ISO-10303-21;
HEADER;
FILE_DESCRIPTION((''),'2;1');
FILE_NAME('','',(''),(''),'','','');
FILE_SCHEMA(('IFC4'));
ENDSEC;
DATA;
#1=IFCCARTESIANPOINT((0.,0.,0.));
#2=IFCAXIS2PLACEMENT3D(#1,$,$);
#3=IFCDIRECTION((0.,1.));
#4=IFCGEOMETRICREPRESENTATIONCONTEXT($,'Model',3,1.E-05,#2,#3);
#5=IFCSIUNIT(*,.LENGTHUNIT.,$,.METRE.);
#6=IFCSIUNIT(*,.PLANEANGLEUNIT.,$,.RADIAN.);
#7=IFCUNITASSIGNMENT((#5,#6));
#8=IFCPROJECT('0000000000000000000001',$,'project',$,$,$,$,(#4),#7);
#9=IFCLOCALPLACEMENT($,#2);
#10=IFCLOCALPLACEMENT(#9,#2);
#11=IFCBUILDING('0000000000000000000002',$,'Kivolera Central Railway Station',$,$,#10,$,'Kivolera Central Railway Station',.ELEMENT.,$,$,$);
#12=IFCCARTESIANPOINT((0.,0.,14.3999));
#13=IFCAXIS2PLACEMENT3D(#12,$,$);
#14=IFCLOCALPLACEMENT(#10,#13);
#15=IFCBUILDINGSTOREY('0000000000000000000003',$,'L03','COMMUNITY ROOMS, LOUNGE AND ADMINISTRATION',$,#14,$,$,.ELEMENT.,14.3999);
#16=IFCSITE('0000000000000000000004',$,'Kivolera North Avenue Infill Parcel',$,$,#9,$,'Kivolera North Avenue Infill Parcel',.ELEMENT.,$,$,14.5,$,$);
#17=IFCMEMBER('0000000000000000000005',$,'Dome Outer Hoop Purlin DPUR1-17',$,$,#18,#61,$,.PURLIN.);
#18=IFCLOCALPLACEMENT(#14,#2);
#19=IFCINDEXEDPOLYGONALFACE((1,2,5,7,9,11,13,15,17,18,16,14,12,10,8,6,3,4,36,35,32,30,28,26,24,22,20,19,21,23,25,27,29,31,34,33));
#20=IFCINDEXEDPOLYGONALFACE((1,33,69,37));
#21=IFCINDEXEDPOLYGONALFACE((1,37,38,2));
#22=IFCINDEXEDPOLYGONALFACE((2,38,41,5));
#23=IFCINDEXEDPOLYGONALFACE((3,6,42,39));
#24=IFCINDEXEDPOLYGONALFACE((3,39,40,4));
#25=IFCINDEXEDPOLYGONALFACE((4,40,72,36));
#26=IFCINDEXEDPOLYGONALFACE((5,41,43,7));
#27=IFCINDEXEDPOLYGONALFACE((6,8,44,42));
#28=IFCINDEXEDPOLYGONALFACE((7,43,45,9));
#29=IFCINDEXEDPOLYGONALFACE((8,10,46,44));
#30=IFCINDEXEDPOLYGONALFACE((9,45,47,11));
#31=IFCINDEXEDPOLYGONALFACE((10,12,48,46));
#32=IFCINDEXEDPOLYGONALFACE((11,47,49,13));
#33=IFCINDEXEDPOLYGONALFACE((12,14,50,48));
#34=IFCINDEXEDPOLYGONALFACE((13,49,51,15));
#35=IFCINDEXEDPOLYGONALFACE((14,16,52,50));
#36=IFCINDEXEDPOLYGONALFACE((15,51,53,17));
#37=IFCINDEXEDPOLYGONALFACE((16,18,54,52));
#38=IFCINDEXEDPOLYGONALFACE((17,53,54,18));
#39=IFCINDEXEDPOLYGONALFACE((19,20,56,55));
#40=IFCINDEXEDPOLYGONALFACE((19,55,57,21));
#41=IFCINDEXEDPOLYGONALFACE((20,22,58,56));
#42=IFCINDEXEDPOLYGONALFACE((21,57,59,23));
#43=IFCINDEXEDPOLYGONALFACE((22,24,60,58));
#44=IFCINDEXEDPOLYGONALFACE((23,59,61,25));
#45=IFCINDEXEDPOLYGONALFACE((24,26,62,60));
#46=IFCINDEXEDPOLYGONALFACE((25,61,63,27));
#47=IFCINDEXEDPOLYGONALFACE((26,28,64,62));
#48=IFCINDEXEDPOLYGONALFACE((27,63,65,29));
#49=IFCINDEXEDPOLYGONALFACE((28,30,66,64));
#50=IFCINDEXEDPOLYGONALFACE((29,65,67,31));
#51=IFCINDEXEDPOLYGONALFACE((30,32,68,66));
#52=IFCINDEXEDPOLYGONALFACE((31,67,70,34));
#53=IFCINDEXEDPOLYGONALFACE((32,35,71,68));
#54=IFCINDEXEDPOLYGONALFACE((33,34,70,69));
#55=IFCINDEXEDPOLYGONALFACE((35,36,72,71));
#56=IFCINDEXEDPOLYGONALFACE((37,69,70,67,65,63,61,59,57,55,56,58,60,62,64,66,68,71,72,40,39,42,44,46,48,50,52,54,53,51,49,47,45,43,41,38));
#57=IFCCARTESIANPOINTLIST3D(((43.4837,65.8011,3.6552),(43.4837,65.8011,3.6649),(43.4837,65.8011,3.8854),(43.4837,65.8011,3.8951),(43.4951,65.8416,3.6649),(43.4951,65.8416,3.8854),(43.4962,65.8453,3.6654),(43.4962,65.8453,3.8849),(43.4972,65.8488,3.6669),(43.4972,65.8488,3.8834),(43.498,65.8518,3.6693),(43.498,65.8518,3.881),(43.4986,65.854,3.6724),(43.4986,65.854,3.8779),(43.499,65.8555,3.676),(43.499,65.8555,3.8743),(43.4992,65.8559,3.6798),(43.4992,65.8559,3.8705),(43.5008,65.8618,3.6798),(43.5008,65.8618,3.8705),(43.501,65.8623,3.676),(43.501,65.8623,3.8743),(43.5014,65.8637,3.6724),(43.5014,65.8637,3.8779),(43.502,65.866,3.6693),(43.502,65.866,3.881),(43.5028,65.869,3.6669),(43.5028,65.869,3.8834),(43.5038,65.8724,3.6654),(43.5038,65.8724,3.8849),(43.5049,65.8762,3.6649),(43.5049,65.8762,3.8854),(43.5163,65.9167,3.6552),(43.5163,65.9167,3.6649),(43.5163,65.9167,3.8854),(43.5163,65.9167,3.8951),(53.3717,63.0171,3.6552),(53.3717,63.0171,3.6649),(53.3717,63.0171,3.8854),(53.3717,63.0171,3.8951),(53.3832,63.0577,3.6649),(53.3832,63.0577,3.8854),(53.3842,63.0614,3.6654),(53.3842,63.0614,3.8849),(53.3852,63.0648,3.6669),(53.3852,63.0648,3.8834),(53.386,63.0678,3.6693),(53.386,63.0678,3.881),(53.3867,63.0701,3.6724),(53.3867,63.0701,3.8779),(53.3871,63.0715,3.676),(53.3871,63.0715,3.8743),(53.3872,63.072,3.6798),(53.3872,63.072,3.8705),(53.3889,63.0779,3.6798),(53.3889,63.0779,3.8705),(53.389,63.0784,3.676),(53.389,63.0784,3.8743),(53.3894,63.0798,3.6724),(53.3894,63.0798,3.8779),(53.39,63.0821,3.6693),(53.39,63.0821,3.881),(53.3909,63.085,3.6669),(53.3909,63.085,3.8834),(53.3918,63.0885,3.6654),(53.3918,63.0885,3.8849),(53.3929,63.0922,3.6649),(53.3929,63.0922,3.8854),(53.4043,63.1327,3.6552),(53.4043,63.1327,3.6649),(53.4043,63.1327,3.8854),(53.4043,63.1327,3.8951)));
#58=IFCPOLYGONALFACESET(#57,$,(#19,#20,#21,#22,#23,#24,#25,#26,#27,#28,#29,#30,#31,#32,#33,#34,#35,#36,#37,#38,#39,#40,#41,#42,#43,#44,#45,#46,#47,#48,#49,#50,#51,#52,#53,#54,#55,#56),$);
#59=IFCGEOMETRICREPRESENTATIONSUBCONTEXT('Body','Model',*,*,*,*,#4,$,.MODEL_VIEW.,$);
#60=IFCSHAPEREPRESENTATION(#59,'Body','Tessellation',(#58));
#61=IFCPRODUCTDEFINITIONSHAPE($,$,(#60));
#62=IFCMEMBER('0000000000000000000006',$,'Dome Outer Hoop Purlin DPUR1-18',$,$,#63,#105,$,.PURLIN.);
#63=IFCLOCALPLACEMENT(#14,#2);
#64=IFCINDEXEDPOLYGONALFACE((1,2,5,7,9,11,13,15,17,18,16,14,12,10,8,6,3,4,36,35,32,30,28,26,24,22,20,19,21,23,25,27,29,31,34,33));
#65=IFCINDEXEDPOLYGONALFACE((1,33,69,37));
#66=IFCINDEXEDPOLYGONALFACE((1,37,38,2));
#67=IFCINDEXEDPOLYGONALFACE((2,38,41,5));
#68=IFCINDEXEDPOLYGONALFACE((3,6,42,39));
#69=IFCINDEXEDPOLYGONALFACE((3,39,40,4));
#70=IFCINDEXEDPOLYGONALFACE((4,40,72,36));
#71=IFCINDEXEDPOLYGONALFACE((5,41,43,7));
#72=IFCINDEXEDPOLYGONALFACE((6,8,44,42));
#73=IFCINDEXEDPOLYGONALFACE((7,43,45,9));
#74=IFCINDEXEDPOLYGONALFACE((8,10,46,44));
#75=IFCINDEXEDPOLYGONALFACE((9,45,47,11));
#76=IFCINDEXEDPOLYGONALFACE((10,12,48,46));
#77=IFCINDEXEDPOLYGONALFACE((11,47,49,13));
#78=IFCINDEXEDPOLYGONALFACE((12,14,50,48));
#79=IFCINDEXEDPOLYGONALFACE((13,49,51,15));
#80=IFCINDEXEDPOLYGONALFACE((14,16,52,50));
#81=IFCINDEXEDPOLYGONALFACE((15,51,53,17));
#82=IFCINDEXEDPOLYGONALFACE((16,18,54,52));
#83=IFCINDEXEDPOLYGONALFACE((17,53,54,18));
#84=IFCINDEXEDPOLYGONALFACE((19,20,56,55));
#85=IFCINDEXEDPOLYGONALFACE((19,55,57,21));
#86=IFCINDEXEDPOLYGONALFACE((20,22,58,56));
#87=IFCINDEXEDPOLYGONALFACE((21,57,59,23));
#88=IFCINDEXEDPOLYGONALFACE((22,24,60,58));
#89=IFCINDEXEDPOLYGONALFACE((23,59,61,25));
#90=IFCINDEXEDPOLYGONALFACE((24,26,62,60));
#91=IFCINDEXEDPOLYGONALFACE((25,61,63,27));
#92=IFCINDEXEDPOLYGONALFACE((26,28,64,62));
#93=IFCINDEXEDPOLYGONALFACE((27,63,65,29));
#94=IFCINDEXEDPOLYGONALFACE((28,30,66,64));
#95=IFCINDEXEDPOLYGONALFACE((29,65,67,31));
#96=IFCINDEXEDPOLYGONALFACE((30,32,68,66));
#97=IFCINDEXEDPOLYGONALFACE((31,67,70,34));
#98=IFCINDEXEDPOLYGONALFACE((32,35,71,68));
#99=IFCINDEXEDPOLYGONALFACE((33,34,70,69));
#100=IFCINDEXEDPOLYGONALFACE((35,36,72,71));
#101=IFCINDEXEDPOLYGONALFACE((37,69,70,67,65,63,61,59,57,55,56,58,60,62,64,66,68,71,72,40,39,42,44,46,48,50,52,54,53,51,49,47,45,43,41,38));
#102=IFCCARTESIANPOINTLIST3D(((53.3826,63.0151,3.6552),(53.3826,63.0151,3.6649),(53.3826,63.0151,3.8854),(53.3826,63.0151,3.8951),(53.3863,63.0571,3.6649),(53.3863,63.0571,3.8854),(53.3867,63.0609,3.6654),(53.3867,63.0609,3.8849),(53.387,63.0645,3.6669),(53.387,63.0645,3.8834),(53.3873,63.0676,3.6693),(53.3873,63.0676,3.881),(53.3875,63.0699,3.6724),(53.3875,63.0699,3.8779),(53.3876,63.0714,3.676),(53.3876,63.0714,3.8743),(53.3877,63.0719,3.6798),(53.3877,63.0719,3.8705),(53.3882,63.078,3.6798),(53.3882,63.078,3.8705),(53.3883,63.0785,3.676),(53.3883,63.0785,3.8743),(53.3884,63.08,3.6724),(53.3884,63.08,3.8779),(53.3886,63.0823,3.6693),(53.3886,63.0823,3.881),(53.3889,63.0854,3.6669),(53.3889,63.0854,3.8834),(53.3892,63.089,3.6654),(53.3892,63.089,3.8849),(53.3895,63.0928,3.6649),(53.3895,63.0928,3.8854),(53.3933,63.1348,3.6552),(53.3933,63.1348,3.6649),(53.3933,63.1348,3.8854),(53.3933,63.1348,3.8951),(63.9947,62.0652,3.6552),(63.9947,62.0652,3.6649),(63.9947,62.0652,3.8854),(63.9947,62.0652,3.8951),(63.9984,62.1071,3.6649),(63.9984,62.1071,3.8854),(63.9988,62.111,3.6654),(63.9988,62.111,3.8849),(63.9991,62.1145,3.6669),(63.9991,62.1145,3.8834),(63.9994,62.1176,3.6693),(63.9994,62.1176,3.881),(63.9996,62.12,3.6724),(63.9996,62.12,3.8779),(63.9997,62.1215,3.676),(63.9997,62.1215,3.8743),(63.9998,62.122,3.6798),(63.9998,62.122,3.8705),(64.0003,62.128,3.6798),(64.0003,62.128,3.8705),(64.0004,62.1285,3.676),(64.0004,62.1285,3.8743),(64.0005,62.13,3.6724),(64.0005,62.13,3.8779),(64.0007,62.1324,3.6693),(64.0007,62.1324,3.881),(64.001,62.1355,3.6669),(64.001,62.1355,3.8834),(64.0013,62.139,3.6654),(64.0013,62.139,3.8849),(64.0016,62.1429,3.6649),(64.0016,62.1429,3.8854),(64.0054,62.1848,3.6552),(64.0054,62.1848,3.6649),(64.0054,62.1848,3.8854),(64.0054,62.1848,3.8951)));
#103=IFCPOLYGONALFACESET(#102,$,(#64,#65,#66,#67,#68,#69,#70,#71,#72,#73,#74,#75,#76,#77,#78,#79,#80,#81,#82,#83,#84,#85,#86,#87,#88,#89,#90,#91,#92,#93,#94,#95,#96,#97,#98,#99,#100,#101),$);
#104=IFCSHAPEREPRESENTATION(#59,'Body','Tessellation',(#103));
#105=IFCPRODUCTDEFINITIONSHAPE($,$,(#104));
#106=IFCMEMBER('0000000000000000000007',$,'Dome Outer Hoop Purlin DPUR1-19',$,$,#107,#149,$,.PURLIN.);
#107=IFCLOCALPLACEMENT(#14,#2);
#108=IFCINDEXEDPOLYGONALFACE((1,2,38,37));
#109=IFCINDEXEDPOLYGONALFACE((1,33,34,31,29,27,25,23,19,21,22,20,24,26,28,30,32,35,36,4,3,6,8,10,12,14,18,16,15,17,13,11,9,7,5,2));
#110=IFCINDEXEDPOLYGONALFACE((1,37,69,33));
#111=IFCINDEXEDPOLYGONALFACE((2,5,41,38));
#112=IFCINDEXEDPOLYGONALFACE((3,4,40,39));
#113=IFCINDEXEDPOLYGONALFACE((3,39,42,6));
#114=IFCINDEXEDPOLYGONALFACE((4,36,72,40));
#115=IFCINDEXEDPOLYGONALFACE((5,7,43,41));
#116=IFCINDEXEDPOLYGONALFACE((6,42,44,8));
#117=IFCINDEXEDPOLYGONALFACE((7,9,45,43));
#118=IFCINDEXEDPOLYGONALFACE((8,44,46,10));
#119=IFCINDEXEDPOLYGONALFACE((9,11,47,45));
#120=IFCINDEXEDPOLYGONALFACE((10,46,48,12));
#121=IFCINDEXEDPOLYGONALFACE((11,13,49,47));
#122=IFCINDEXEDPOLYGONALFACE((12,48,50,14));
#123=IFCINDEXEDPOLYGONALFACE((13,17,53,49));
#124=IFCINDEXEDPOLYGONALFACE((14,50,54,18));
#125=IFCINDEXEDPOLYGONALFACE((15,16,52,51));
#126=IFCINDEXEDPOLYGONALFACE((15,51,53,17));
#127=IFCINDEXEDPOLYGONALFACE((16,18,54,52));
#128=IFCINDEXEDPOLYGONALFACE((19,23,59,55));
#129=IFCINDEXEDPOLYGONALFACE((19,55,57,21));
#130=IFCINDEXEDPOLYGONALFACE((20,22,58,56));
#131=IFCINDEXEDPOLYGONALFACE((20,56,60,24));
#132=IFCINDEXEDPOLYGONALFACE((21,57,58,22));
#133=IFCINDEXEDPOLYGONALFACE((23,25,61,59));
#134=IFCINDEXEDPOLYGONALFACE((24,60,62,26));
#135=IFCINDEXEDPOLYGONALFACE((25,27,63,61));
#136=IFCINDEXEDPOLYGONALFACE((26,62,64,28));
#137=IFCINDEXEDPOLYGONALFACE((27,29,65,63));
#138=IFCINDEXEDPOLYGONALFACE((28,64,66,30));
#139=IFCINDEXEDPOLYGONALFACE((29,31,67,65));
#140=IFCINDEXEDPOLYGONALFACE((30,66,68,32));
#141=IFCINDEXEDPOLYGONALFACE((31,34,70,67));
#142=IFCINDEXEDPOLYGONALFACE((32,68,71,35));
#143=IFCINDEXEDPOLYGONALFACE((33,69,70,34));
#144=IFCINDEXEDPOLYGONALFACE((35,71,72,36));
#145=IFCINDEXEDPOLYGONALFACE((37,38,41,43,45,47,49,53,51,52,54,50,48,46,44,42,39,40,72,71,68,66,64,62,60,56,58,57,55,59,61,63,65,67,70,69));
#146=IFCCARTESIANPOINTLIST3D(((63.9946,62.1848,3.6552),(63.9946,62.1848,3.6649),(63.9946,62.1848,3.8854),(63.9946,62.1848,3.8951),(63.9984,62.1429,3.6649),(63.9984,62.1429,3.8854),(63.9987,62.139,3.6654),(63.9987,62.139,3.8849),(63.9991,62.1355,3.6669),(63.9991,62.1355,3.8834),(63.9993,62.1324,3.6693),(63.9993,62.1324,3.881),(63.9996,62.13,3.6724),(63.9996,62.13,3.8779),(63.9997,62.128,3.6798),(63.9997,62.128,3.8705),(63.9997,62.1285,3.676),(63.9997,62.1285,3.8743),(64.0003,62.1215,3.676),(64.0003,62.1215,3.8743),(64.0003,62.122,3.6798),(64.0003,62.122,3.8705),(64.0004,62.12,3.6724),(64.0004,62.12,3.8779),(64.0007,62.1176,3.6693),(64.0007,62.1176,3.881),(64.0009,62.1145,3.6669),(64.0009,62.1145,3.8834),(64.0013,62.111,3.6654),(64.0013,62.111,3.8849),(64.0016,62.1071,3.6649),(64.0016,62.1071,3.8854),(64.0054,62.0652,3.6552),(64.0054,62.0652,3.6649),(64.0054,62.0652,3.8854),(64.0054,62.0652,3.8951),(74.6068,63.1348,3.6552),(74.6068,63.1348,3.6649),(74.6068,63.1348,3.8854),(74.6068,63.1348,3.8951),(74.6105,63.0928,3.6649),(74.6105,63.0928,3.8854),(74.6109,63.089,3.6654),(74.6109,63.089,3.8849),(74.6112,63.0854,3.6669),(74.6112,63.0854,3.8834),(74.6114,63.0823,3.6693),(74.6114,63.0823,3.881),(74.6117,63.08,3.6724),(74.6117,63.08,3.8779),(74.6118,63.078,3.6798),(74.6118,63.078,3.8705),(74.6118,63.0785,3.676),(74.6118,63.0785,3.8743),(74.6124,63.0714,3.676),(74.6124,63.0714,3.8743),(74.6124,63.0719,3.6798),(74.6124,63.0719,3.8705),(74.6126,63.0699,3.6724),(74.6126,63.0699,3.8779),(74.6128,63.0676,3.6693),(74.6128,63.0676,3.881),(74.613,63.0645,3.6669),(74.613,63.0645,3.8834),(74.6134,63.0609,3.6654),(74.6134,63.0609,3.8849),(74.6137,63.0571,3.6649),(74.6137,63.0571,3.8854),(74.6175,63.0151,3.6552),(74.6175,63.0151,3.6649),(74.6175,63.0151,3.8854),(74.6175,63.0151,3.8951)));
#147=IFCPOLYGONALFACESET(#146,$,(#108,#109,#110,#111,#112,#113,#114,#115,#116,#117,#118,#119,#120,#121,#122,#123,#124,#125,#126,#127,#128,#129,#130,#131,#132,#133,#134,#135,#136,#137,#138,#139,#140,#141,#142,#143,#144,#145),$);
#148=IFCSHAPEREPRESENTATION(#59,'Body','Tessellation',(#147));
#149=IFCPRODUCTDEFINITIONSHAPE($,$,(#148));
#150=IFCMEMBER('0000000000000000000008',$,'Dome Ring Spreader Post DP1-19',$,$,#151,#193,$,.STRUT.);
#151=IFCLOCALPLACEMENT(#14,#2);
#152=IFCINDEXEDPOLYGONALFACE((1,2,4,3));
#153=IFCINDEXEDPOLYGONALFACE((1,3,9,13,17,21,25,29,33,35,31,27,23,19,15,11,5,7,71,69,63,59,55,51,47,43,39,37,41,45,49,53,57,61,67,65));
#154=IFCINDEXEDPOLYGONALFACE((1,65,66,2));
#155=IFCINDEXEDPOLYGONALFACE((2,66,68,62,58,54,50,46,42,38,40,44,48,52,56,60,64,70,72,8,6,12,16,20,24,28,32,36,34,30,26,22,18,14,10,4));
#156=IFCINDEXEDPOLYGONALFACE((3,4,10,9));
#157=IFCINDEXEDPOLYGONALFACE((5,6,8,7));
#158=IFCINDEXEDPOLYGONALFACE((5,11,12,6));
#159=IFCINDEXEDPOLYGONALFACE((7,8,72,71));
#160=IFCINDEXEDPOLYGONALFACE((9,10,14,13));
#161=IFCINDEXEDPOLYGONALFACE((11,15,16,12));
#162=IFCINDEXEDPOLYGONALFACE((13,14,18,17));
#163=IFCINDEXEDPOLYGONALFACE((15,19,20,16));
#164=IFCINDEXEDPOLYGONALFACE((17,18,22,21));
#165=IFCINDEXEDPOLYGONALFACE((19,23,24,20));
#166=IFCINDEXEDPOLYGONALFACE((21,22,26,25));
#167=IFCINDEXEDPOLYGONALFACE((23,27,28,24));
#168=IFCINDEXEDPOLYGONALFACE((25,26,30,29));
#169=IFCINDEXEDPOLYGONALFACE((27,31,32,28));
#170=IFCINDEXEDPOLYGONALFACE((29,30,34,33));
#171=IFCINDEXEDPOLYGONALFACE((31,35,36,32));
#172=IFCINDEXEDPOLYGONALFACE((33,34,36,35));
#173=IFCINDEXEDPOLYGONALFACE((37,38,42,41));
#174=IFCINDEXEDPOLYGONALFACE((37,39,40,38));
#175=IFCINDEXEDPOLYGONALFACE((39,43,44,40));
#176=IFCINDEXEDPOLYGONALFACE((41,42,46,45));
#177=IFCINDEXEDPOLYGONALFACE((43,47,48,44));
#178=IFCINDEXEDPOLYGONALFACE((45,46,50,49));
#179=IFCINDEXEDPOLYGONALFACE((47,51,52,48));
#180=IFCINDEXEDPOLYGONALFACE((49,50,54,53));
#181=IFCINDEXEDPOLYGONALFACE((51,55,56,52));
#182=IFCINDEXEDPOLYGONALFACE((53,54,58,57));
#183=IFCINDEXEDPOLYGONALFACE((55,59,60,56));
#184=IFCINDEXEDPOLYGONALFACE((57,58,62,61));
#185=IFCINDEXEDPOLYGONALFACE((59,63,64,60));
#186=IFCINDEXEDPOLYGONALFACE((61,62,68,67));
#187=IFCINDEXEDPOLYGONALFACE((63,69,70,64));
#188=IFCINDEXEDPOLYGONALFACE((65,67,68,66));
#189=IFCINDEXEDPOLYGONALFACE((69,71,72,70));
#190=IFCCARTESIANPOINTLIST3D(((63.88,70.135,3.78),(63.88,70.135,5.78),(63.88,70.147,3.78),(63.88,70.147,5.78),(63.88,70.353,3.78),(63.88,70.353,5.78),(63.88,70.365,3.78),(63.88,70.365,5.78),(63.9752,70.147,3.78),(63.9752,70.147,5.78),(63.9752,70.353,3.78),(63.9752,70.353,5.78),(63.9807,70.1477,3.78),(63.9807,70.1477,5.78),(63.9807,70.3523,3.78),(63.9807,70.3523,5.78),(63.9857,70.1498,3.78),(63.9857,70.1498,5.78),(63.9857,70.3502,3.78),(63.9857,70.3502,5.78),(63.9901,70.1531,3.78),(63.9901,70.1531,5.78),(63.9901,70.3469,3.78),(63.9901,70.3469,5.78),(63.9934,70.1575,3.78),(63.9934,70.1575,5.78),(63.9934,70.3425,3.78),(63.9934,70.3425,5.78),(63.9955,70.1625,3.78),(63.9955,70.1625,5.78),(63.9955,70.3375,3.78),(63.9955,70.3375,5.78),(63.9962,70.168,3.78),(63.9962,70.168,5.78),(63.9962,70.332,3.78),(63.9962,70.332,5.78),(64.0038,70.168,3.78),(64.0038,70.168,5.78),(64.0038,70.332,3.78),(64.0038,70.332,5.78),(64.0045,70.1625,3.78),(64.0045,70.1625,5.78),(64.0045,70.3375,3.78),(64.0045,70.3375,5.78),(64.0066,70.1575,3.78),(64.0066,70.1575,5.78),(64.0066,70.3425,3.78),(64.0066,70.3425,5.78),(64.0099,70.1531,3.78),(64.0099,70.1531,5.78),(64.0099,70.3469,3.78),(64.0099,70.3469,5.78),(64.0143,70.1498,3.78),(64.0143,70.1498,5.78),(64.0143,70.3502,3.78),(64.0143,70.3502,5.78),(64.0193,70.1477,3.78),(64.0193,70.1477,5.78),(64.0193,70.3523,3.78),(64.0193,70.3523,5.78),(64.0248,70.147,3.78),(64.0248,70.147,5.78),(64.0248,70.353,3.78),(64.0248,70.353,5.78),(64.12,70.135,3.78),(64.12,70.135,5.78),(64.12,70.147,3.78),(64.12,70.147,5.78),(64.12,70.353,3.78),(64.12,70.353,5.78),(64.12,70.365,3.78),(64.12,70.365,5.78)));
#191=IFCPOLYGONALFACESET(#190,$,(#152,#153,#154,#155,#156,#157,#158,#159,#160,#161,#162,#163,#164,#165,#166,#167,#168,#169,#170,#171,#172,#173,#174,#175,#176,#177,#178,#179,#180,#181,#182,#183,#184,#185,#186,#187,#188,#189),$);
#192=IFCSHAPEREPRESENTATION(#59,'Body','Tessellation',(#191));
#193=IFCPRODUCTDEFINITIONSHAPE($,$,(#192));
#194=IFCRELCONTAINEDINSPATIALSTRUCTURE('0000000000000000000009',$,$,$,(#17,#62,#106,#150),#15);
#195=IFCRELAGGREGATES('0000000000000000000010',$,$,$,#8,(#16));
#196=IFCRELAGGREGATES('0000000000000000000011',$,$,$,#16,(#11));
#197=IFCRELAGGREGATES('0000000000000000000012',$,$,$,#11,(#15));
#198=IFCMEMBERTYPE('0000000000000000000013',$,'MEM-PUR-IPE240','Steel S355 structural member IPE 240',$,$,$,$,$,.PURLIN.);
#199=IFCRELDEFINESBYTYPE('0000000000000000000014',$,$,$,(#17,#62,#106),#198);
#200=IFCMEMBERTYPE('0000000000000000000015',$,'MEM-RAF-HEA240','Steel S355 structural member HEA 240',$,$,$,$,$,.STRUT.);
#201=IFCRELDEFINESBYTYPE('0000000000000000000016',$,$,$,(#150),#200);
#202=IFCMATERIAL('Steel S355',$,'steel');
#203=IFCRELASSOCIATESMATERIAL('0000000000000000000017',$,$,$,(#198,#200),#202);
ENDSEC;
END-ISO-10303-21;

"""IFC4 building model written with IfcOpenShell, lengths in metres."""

from ifc_helpers import new_model, si_unit, direction, frame, origin, origin_2d, place, context, subcontext, project, spatial, i_section, extrude, material, material_profile, profile_set, type_object, element, save


model = new_model("IFC4")

# Units and contexts
model_context = context("Model", 3, precision=1e-05, world=origin(), true_north=direction((0.0, 1.0)))
body_context = subcontext(model_context, "Body", "Model", "MODEL_VIEW")
ifc_project = project(units=[si_unit("LENGTHUNIT", "METRE"), si_unit("PLANEANGLEUNIT", "RADIAN")], contexts=[model_context])

# Site, building, storey
site_placement = place(None, origin())
site = spatial("IfcSite", under=ifc_project, at=site_placement, Name="Kivolera North Avenue Infill Parcel", LongName="Kivolera North Avenue Infill Parcel", CompositionType="ELEMENT", RefElevation=14.5)
building_placement = place(site_placement, origin())
building = spatial("IfcBuilding", under=site, at=building_placement, Name="Kivolera Central Railway Station", LongName="Kivolera Central Railway Station", CompositionType="ELEMENT")
storey_placement = place(building_placement, frame((0.0, 0.0, 14.3999)))
storey = spatial("IfcBuildingStorey", under=building, at=storey_placement, Name="L03", Description="COMMUNITY ROOMS, LOUNGE AND ADMINISTRATION", CompositionType="ELEMENT", Elevation=14.3999)

# Shared definitions
ifc_material_1 = material(Name="Steel S355", Category="steel")

# Members
ifc_material_profile_1 = material_profile(ifc_material_1, i_section(OverallWidth=0.1201, OverallDepth=0.24, WebThickness=0.0061, FlangeThickness=0.0098, FilletRadius=0.0149, at=origin_2d()), Name="IPE 240")
ifc_profile_set_1 = profile_set([ifc_material_profile_1], Name="Steel S355")
member_type_1 = type_object("IfcMemberType", Name="MEM-PUR-IPE240", Description="Steel S355 structural member IPE 240", PredefinedType="PURLIN", material=ifc_profile_set_1)
member_1_placement = place(storey_placement, frame((43.5, 65.8589, 3.7751), z_axis=(0.962576, -0.271012, 0.0), x_axis=(0.271012, 0.962576, 0.0)))
element("IfcMember", 1, at=member_1_placement, inside=storey, type_object=member_type_1, Name="Dome Outer Hoop Purlin DPUR1-17", PredefinedType="PURLIN", context=body_context, shape_type="SweptSolid", body=[
    extrude(i_section(OverallWidth=0.1201, OverallDepth=0.24, WebThickness=0.0061, FlangeThickness=0.0098, FilletRadius=0.0149, at=origin_2d()), origin(), (0.0, 0.0, 1.0), 10.2725),
])
for number, where, z_axis, x_axis, name in (
    (2, (53.3879, 63.075, 3.7751), (0.996017, -0.08916, 0.0), (0.08916, 0.996017, 0.0), "Dome Outer Hoop Purlin DPUR1-18"),
    (3, (64.0, 62.125, 3.7751), (0.996017, 0.08916, 0.0), (-0.08916, 0.996017, 0.0), "Dome Outer Hoop Purlin DPUR1-19"),
):
    element("IfcMember", number, at=place(storey_placement, frame(where, z_axis=z_axis, x_axis=x_axis)), inside=storey, type_object=member_type_1, Name=name, PredefinedType="PURLIN", context=body_context, shape_type="SweptSolid", body=[
        extrude(i_section(OverallWidth=0.1201, OverallDepth=0.24, WebThickness=0.0061, FlangeThickness=0.0098, FilletRadius=0.0149, at=origin_2d()), origin(), (0.0, 0.0, 1.0), 10.6545),
    ])
ifc_material_profile_2 = material_profile(ifc_material_1, i_section(OverallWidth=0.24, OverallDepth=0.23, WebThickness=0.0076, FlangeThickness=0.012, FilletRadius=0.021, at=origin_2d()), Name="HEA 240")
ifc_profile_set_2 = profile_set([ifc_material_profile_2], Name="Steel S355")
member_type_2 = type_object("IfcMemberType", Name="MEM-RAF-HEA240", Description="Steel S355 structural member HEA 240", PredefinedType="STRUT", material=ifc_profile_set_2)
member_2_placement = place(storey_placement, frame((64.0, 70.25, 3.78), z_axis=(0.0, 0.0, 1.0), x_axis=(1.0, 0.0, 0.0)))
element("IfcMember", 4, at=member_2_placement, inside=storey, type_object=member_type_2, Name="Dome Ring Spreader Post DP1-19", PredefinedType="STRUT", context=body_context, shape_type="SweptSolid", body=[
    extrude(i_section(OverallWidth=0.24, OverallDepth=0.23, WebThickness=0.0076, FlangeThickness=0.012, FilletRadius=0.021, at=origin_2d()), origin(), (0.0, 0.0, 1.0), 2.0),
])

save(model, "model.ifc")
